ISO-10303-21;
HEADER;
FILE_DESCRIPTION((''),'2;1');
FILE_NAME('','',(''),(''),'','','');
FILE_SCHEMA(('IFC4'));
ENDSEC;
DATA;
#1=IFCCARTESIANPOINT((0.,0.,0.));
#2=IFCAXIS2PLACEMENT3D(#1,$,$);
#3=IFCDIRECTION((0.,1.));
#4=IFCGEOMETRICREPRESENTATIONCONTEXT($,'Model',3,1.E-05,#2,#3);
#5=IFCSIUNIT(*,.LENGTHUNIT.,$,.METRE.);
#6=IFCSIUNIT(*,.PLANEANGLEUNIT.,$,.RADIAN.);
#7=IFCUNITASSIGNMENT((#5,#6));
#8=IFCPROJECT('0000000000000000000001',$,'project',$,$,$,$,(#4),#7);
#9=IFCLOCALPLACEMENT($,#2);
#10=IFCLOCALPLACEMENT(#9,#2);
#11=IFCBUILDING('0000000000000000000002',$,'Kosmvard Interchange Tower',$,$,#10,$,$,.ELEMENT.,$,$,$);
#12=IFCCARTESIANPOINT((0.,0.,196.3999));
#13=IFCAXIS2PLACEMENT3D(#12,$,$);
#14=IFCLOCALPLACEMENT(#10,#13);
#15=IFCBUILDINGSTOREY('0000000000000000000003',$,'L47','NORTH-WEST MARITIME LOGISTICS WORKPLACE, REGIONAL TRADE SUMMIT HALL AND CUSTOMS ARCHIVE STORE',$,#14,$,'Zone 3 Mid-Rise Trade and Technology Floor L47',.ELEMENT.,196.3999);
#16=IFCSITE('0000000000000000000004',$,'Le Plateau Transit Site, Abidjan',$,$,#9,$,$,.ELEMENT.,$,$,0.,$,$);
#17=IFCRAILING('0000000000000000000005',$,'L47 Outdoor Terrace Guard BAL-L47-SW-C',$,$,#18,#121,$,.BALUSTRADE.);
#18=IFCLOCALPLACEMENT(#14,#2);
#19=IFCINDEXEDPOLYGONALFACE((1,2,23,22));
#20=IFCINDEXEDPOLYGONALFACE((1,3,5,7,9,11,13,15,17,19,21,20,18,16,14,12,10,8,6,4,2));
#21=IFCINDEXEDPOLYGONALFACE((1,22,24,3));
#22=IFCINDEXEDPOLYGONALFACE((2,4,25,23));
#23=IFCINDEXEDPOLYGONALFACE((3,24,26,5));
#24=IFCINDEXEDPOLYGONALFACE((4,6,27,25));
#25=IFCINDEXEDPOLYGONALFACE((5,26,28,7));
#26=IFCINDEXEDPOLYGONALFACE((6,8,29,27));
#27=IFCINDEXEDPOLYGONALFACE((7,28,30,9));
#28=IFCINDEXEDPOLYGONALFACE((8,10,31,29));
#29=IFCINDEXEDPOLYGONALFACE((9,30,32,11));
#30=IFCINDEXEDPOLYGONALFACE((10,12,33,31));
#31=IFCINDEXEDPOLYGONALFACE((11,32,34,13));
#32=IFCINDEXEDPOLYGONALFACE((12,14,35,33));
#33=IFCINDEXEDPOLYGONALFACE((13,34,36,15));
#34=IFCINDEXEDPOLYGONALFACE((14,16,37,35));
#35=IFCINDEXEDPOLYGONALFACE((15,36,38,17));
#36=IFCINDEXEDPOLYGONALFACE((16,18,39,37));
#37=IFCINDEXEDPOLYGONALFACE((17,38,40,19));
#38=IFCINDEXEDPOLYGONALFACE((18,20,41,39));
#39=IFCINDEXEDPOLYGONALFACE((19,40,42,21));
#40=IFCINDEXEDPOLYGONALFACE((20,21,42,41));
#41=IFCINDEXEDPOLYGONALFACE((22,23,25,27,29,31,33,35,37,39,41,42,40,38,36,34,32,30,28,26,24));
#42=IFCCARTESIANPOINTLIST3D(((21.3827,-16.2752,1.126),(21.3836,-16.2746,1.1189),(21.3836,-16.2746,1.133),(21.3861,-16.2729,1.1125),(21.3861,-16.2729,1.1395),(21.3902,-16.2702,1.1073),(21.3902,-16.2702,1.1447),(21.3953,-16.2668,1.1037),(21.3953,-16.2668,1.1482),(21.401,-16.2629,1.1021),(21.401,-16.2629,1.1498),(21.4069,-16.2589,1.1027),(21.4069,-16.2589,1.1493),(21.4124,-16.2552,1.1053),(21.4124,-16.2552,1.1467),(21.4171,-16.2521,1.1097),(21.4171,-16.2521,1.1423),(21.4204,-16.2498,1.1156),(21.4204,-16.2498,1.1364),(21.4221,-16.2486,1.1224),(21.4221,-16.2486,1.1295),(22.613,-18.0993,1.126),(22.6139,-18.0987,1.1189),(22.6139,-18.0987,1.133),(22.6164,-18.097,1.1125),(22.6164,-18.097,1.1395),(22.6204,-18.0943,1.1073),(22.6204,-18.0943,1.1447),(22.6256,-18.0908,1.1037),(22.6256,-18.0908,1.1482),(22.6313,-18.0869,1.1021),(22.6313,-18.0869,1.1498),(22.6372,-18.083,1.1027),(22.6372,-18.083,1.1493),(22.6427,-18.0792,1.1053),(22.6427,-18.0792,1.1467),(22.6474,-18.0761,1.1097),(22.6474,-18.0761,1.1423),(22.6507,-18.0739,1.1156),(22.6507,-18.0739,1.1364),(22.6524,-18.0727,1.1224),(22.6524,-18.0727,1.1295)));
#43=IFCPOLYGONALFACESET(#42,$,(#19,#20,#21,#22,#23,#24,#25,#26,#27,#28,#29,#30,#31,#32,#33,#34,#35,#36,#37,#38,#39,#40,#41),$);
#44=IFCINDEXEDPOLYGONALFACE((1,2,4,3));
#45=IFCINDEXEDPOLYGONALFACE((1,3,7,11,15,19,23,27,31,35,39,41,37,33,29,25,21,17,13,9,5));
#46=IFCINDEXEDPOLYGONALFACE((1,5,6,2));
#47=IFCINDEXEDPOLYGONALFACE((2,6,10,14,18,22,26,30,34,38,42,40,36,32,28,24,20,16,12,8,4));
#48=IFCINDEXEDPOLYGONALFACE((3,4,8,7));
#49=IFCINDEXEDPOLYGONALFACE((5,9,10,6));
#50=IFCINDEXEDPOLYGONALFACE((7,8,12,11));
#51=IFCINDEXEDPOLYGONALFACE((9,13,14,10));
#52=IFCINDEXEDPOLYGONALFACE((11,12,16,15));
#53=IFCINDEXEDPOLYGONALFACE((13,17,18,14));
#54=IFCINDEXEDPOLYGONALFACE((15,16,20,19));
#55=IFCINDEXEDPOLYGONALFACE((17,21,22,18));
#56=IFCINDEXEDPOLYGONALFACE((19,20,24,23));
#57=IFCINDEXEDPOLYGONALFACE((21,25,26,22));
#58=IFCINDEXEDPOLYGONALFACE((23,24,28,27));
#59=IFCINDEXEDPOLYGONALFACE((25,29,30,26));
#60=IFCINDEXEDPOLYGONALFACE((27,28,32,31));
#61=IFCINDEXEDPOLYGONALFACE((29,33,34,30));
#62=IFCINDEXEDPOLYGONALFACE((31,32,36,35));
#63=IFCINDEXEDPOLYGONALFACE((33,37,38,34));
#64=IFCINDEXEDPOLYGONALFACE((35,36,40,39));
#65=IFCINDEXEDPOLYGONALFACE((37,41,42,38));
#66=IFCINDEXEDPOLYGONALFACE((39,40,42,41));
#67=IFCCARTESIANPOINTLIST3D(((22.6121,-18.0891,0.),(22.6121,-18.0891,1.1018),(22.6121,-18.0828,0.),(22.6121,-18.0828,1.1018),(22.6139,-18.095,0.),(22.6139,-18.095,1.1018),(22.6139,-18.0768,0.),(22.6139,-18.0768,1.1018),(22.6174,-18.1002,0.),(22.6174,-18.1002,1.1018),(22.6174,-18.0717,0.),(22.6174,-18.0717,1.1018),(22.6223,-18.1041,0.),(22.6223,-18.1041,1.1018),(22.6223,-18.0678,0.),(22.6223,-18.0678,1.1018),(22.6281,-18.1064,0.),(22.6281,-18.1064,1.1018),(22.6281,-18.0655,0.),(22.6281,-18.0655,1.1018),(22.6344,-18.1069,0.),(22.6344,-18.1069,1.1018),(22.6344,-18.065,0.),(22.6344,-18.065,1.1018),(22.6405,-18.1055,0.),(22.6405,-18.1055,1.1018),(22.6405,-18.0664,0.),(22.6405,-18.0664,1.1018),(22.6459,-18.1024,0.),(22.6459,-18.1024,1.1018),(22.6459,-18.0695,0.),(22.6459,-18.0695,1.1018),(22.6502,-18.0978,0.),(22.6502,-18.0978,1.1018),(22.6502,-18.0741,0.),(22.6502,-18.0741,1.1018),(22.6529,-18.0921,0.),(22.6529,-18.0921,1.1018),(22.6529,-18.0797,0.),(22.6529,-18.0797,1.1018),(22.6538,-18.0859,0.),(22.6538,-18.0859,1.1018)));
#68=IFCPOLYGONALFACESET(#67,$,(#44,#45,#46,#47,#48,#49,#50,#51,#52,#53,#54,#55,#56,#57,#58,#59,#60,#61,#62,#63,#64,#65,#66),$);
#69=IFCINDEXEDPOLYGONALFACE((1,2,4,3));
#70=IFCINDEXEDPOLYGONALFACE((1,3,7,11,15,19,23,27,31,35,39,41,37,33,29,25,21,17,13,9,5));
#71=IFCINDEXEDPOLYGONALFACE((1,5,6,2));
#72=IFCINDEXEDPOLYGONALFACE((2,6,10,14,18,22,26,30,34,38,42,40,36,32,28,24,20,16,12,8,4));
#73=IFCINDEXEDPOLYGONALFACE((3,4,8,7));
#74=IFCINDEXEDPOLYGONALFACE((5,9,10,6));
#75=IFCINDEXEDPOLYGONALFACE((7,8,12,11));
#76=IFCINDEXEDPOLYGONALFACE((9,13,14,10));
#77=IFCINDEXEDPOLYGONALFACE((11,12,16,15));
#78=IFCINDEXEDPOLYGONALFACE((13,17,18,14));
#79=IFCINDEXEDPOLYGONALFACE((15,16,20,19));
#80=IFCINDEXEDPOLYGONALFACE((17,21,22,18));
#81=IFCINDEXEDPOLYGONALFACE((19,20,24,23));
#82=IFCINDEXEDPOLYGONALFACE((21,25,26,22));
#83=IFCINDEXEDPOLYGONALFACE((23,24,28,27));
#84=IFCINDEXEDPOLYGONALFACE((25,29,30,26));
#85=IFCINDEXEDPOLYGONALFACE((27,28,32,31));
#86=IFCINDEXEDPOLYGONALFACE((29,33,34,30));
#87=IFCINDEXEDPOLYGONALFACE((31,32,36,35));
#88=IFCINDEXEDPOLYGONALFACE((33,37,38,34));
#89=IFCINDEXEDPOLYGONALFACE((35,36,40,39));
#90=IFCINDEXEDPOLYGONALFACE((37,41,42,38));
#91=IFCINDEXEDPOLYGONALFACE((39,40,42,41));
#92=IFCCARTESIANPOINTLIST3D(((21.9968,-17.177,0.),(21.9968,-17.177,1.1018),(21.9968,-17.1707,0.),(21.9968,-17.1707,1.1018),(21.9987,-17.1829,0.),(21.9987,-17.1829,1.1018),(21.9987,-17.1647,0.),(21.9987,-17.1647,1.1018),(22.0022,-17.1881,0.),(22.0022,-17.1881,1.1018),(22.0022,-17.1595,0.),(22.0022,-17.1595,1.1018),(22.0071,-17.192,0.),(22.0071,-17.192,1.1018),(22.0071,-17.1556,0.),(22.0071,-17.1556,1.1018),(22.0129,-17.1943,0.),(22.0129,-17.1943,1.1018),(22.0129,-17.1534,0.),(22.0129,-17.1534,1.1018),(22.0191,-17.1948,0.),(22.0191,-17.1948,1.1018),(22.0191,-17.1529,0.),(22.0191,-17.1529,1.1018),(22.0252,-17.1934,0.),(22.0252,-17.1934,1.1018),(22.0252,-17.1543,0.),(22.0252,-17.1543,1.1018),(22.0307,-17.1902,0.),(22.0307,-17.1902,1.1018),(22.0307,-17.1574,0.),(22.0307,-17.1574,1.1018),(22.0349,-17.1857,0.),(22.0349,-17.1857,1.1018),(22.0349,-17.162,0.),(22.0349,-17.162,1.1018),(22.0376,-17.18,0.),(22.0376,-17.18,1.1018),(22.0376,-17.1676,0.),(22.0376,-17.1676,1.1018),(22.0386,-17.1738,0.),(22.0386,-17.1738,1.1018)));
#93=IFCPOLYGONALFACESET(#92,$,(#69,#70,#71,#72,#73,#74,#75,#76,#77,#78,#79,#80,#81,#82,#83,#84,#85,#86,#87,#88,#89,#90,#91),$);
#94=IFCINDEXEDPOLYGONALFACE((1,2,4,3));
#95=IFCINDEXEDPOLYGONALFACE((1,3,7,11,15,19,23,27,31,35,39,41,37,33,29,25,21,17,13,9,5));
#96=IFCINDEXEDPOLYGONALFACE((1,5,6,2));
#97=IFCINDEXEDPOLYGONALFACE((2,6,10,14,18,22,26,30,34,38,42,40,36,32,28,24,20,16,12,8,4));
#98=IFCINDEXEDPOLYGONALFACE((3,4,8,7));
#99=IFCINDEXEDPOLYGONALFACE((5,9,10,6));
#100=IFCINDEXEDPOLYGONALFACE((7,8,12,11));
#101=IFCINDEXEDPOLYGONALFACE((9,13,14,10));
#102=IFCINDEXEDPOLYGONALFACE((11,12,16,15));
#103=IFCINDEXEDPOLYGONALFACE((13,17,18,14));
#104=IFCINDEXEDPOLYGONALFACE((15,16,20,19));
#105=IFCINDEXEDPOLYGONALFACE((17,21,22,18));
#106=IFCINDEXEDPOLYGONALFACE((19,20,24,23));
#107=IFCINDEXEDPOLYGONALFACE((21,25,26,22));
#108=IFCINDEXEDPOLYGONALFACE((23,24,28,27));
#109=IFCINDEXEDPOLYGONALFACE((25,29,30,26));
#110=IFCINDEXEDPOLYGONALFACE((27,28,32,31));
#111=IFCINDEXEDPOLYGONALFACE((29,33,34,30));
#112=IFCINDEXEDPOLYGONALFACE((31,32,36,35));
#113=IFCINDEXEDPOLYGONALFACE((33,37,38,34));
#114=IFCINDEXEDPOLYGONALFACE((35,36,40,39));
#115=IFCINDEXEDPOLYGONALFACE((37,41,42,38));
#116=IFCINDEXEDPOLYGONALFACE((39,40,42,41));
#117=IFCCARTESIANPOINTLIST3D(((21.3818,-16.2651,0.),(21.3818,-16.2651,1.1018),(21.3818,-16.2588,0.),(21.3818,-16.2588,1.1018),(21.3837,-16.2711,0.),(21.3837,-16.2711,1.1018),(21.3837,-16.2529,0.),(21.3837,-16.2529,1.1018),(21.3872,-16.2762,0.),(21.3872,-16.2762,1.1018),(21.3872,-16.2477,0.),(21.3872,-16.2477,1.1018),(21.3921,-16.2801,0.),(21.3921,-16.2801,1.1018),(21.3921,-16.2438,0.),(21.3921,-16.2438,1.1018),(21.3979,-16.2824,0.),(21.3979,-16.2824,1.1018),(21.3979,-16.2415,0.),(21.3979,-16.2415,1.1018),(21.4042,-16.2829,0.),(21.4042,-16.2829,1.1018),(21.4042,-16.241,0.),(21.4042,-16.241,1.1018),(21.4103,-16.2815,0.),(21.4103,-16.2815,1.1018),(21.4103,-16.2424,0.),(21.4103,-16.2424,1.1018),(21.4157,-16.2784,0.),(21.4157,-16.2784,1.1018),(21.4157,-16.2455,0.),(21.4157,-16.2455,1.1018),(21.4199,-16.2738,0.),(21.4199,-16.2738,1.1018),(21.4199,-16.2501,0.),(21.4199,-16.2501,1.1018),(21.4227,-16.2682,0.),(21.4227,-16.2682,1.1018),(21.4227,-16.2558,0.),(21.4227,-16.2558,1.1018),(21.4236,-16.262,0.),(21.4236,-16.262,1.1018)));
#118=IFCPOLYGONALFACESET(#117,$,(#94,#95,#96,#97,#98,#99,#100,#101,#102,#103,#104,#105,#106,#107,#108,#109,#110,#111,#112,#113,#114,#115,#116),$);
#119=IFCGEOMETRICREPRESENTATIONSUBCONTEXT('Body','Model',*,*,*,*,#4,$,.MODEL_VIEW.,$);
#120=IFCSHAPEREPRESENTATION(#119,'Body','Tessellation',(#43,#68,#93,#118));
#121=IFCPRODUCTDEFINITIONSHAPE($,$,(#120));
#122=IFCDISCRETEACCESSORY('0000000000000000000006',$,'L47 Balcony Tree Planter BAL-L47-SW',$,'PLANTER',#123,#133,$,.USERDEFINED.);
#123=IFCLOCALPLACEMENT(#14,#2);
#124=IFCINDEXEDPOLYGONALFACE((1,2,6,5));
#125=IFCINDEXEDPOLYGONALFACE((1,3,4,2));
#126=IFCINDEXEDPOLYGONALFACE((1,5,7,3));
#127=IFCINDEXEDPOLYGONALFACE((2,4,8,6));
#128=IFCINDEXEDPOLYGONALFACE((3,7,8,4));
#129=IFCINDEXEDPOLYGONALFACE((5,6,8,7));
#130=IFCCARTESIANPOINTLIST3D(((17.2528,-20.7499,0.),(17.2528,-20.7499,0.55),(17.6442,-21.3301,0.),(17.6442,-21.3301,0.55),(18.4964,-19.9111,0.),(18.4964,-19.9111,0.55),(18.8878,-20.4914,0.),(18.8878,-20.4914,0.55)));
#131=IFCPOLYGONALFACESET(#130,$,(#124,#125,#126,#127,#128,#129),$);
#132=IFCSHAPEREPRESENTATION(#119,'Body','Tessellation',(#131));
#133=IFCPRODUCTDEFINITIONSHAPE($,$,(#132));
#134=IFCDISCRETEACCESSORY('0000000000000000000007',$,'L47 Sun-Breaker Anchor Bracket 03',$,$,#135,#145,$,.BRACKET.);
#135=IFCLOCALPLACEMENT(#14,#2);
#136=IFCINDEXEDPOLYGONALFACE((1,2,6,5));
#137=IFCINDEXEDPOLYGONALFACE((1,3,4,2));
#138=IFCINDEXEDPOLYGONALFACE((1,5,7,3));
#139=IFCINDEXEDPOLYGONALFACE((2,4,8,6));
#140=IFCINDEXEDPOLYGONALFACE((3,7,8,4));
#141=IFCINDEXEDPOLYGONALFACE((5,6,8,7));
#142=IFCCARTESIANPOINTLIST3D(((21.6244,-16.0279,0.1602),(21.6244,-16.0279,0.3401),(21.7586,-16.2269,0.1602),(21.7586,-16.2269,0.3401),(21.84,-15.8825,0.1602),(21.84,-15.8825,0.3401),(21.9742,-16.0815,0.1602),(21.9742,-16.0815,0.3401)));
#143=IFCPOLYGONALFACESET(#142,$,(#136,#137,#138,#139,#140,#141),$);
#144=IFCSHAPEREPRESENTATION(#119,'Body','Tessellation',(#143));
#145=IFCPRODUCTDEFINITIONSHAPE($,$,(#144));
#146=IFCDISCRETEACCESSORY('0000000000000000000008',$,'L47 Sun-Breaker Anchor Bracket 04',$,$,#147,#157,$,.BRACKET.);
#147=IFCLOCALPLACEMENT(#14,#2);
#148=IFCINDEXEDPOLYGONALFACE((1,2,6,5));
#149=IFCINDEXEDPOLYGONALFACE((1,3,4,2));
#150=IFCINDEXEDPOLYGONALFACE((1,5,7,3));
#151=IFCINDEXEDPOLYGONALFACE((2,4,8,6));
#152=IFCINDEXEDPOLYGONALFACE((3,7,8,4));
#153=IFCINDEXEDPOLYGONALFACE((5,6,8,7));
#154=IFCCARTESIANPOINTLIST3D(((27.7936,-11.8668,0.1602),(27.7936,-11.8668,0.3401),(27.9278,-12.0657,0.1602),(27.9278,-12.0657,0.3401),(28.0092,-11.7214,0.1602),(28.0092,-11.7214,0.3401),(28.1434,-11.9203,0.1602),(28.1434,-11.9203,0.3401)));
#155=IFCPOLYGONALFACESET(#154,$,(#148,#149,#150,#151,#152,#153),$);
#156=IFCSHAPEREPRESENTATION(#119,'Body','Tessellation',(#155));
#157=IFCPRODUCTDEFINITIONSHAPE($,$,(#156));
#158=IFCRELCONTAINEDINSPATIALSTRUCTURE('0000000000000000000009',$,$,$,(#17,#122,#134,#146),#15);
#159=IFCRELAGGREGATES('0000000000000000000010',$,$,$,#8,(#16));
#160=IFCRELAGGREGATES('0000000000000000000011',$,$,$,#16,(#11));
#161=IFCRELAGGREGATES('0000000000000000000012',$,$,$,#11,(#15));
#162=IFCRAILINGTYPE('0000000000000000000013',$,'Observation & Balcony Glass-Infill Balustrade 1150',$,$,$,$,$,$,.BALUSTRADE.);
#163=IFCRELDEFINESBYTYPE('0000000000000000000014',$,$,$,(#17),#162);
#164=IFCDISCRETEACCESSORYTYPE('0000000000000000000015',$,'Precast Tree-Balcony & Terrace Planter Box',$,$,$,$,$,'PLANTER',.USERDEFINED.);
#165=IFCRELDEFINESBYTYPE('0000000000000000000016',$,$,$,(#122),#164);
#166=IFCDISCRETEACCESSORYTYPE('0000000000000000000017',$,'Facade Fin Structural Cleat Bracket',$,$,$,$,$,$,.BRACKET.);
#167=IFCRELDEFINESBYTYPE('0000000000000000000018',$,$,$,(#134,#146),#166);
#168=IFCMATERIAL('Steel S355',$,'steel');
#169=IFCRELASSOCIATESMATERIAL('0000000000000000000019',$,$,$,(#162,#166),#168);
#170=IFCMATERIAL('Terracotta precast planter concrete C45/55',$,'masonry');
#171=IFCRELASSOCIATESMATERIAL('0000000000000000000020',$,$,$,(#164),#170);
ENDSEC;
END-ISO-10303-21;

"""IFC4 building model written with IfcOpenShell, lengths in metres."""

from ifc_helpers import new_model, si_unit, direction, frame, origin, origin_2d, place, context, subcontext, project, spatial, rectangle, circle, extrude, source, transform, mapped, material, type_object, element, save


model = new_model("IFC4")

# Units and contexts
model_context = context("Model", 3, precision=1e-05, world=origin(), true_north=direction((0.0, 1.0)))
body_context = subcontext(model_context, "Body", "Model", "MODEL_VIEW")
ifc_project = project(units=[si_unit("LENGTHUNIT", "METRE"), si_unit("PLANEANGLEUNIT", "RADIAN")], contexts=[model_context])

# Site, building, storey
site_placement = place(None, origin())
site = spatial("IfcSite", under=ifc_project, at=site_placement, Name="Le Plateau Transit Site, Abidjan", CompositionType="ELEMENT", RefElevation=0.0)
building_placement = place(site_placement, origin())
building = spatial("IfcBuilding", under=site, at=building_placement, Name="Kosmvard Interchange Tower", CompositionType="ELEMENT")
storey_placement = place(building_placement, frame((0.0, 0.0, 196.3999)))
storey = spatial("IfcBuildingStorey", under=building, at=storey_placement, Name="L47", Description="NORTH-WEST MARITIME LOGISTICS WORKPLACE, REGIONAL TRADE SUMMIT HALL AND CUSTOMS ARCHIVE STORE", LongName="Zone 3 Mid-Rise Trade and Technology Floor L47", CompositionType="ELEMENT", Elevation=196.3999)

# Shared definitions
ifc_material_1 = material(Name="Steel S355", Category="steel")

# Railing
railing_type = type_object("IfcRailingType", Name="Observation & Balcony Glass-Infill Balustrade 1150", PredefinedType="BALUSTRADE", material=ifc_material_1)
shared_shape_1 = source(origin(), body_context, "Body", "SweptSolid", [
    extrude(circle(Radius=0.0239, at=origin_2d()), frame((0.0, 0.0, 1.126), z_axis=(-0.559174, 0.829051, 0.0), x_axis=(-0.829051, -0.559174, 0.0)), (0.0, 0.0, 1.0), 2.2002),
    extrude(circle(Radius=0.021, at=origin_2d()), origin(), (0.0, 0.0, 1.0), 1.1018),
    extrude(circle(Radius=0.021, at=origin_2d()), frame((-0.6152, 0.9121, 0.0)), (0.0, 0.0, 1.0), 1.1018),
    extrude(circle(Radius=0.021, at=origin_2d()), frame((-1.2302, 1.824, 0.0)), (0.0, 0.0, 1.0), 1.1018),
])
railing_1_placement = place(storey_placement, frame((22.6328, -18.0859, 0.0)))
element("IfcRailing", 1, at=railing_1_placement, inside=storey, type_object=railing_type, Name="L47 Outdoor Terrace Guard BAL-L47-SW-C", PredefinedType="BALUSTRADE", context=body_context, shape_type="MappedRepresentation", body=[
    mapped(shared_shape_1, transform((0.0, 0.0, 0.0), scale=1.0)),
])

# Discrete accessories
ifc_material_2 = material(Name="Terracotta precast planter concrete C45/55", Category="masonry")
discrete_accessory_type_1 = type_object("IfcDiscreteAccessoryType", Name="Precast Tree-Balcony & Terrace Planter Box", ElementType="PLANTER", PredefinedType="USERDEFINED", material=ifc_material_2)
shared_shape_2 = source(origin(), body_context, "Body", "SweptSolid", [
    extrude(rectangle(XDim=1.5, YDim=0.7, at=origin_2d()), origin(), (0.0, 0.0, 1.0), 0.55),
])
discrete_accessory_placement = place(storey_placement, frame((18.0703, -20.6206, 0.0), z_axis=(0.0, 0.0, 1.0), x_axis=(0.829038, 0.559193, 0.0)))
element("IfcDiscreteAccessory", 2, at=discrete_accessory_placement, inside=storey, type_object=discrete_accessory_type_1, Name="L47 Balcony Tree Planter BAL-L47-SW", ObjectType="PLANTER", PredefinedType="USERDEFINED", context=body_context, shape_type="MappedRepresentation", body=[
    mapped(shared_shape_2, transform((0.0, 0.0, 0.0), scale=1.0)),
])
discrete_accessory_type_2 = type_object("IfcDiscreteAccessoryType", Name="Facade Fin Structural Cleat Bracket", PredefinedType="BRACKET", material=ifc_material_1)
shared_shape_3 = source(origin(), body_context, "Body", "SweptSolid", [
    extrude(rectangle(XDim=0.24, YDim=0.26, at=origin_2d()), origin(), (0.0, 0.0, 1.0), 0.1799),
])
for number, where, z_axis, x_axis, name in (
    (3, (21.7993, -16.0547, 0.1602), (0.0, 0.0, 1.0), (0.559193, -0.829038, 0.0), "L47 Sun-Breaker Anchor Bracket 03"),
    (4, (27.9685, -11.8936, 0.1602), (0.0, 0.0, 1.0), (0.559193, -0.829038, 0.0), "L47 Sun-Breaker Anchor Bracket 04"),
):
    element("IfcDiscreteAccessory", number, at=place(storey_placement, frame(where, z_axis=z_axis, x_axis=x_axis)), inside=storey, type_object=discrete_accessory_type_2, Name=name, PredefinedType="BRACKET", context=body_context, shape_type="MappedRepresentation", body=[
        mapped(shared_shape_3, transform((0.0, 0.0, 0.0), scale=1.0)),
    ])

save(model, "model.ifc")
